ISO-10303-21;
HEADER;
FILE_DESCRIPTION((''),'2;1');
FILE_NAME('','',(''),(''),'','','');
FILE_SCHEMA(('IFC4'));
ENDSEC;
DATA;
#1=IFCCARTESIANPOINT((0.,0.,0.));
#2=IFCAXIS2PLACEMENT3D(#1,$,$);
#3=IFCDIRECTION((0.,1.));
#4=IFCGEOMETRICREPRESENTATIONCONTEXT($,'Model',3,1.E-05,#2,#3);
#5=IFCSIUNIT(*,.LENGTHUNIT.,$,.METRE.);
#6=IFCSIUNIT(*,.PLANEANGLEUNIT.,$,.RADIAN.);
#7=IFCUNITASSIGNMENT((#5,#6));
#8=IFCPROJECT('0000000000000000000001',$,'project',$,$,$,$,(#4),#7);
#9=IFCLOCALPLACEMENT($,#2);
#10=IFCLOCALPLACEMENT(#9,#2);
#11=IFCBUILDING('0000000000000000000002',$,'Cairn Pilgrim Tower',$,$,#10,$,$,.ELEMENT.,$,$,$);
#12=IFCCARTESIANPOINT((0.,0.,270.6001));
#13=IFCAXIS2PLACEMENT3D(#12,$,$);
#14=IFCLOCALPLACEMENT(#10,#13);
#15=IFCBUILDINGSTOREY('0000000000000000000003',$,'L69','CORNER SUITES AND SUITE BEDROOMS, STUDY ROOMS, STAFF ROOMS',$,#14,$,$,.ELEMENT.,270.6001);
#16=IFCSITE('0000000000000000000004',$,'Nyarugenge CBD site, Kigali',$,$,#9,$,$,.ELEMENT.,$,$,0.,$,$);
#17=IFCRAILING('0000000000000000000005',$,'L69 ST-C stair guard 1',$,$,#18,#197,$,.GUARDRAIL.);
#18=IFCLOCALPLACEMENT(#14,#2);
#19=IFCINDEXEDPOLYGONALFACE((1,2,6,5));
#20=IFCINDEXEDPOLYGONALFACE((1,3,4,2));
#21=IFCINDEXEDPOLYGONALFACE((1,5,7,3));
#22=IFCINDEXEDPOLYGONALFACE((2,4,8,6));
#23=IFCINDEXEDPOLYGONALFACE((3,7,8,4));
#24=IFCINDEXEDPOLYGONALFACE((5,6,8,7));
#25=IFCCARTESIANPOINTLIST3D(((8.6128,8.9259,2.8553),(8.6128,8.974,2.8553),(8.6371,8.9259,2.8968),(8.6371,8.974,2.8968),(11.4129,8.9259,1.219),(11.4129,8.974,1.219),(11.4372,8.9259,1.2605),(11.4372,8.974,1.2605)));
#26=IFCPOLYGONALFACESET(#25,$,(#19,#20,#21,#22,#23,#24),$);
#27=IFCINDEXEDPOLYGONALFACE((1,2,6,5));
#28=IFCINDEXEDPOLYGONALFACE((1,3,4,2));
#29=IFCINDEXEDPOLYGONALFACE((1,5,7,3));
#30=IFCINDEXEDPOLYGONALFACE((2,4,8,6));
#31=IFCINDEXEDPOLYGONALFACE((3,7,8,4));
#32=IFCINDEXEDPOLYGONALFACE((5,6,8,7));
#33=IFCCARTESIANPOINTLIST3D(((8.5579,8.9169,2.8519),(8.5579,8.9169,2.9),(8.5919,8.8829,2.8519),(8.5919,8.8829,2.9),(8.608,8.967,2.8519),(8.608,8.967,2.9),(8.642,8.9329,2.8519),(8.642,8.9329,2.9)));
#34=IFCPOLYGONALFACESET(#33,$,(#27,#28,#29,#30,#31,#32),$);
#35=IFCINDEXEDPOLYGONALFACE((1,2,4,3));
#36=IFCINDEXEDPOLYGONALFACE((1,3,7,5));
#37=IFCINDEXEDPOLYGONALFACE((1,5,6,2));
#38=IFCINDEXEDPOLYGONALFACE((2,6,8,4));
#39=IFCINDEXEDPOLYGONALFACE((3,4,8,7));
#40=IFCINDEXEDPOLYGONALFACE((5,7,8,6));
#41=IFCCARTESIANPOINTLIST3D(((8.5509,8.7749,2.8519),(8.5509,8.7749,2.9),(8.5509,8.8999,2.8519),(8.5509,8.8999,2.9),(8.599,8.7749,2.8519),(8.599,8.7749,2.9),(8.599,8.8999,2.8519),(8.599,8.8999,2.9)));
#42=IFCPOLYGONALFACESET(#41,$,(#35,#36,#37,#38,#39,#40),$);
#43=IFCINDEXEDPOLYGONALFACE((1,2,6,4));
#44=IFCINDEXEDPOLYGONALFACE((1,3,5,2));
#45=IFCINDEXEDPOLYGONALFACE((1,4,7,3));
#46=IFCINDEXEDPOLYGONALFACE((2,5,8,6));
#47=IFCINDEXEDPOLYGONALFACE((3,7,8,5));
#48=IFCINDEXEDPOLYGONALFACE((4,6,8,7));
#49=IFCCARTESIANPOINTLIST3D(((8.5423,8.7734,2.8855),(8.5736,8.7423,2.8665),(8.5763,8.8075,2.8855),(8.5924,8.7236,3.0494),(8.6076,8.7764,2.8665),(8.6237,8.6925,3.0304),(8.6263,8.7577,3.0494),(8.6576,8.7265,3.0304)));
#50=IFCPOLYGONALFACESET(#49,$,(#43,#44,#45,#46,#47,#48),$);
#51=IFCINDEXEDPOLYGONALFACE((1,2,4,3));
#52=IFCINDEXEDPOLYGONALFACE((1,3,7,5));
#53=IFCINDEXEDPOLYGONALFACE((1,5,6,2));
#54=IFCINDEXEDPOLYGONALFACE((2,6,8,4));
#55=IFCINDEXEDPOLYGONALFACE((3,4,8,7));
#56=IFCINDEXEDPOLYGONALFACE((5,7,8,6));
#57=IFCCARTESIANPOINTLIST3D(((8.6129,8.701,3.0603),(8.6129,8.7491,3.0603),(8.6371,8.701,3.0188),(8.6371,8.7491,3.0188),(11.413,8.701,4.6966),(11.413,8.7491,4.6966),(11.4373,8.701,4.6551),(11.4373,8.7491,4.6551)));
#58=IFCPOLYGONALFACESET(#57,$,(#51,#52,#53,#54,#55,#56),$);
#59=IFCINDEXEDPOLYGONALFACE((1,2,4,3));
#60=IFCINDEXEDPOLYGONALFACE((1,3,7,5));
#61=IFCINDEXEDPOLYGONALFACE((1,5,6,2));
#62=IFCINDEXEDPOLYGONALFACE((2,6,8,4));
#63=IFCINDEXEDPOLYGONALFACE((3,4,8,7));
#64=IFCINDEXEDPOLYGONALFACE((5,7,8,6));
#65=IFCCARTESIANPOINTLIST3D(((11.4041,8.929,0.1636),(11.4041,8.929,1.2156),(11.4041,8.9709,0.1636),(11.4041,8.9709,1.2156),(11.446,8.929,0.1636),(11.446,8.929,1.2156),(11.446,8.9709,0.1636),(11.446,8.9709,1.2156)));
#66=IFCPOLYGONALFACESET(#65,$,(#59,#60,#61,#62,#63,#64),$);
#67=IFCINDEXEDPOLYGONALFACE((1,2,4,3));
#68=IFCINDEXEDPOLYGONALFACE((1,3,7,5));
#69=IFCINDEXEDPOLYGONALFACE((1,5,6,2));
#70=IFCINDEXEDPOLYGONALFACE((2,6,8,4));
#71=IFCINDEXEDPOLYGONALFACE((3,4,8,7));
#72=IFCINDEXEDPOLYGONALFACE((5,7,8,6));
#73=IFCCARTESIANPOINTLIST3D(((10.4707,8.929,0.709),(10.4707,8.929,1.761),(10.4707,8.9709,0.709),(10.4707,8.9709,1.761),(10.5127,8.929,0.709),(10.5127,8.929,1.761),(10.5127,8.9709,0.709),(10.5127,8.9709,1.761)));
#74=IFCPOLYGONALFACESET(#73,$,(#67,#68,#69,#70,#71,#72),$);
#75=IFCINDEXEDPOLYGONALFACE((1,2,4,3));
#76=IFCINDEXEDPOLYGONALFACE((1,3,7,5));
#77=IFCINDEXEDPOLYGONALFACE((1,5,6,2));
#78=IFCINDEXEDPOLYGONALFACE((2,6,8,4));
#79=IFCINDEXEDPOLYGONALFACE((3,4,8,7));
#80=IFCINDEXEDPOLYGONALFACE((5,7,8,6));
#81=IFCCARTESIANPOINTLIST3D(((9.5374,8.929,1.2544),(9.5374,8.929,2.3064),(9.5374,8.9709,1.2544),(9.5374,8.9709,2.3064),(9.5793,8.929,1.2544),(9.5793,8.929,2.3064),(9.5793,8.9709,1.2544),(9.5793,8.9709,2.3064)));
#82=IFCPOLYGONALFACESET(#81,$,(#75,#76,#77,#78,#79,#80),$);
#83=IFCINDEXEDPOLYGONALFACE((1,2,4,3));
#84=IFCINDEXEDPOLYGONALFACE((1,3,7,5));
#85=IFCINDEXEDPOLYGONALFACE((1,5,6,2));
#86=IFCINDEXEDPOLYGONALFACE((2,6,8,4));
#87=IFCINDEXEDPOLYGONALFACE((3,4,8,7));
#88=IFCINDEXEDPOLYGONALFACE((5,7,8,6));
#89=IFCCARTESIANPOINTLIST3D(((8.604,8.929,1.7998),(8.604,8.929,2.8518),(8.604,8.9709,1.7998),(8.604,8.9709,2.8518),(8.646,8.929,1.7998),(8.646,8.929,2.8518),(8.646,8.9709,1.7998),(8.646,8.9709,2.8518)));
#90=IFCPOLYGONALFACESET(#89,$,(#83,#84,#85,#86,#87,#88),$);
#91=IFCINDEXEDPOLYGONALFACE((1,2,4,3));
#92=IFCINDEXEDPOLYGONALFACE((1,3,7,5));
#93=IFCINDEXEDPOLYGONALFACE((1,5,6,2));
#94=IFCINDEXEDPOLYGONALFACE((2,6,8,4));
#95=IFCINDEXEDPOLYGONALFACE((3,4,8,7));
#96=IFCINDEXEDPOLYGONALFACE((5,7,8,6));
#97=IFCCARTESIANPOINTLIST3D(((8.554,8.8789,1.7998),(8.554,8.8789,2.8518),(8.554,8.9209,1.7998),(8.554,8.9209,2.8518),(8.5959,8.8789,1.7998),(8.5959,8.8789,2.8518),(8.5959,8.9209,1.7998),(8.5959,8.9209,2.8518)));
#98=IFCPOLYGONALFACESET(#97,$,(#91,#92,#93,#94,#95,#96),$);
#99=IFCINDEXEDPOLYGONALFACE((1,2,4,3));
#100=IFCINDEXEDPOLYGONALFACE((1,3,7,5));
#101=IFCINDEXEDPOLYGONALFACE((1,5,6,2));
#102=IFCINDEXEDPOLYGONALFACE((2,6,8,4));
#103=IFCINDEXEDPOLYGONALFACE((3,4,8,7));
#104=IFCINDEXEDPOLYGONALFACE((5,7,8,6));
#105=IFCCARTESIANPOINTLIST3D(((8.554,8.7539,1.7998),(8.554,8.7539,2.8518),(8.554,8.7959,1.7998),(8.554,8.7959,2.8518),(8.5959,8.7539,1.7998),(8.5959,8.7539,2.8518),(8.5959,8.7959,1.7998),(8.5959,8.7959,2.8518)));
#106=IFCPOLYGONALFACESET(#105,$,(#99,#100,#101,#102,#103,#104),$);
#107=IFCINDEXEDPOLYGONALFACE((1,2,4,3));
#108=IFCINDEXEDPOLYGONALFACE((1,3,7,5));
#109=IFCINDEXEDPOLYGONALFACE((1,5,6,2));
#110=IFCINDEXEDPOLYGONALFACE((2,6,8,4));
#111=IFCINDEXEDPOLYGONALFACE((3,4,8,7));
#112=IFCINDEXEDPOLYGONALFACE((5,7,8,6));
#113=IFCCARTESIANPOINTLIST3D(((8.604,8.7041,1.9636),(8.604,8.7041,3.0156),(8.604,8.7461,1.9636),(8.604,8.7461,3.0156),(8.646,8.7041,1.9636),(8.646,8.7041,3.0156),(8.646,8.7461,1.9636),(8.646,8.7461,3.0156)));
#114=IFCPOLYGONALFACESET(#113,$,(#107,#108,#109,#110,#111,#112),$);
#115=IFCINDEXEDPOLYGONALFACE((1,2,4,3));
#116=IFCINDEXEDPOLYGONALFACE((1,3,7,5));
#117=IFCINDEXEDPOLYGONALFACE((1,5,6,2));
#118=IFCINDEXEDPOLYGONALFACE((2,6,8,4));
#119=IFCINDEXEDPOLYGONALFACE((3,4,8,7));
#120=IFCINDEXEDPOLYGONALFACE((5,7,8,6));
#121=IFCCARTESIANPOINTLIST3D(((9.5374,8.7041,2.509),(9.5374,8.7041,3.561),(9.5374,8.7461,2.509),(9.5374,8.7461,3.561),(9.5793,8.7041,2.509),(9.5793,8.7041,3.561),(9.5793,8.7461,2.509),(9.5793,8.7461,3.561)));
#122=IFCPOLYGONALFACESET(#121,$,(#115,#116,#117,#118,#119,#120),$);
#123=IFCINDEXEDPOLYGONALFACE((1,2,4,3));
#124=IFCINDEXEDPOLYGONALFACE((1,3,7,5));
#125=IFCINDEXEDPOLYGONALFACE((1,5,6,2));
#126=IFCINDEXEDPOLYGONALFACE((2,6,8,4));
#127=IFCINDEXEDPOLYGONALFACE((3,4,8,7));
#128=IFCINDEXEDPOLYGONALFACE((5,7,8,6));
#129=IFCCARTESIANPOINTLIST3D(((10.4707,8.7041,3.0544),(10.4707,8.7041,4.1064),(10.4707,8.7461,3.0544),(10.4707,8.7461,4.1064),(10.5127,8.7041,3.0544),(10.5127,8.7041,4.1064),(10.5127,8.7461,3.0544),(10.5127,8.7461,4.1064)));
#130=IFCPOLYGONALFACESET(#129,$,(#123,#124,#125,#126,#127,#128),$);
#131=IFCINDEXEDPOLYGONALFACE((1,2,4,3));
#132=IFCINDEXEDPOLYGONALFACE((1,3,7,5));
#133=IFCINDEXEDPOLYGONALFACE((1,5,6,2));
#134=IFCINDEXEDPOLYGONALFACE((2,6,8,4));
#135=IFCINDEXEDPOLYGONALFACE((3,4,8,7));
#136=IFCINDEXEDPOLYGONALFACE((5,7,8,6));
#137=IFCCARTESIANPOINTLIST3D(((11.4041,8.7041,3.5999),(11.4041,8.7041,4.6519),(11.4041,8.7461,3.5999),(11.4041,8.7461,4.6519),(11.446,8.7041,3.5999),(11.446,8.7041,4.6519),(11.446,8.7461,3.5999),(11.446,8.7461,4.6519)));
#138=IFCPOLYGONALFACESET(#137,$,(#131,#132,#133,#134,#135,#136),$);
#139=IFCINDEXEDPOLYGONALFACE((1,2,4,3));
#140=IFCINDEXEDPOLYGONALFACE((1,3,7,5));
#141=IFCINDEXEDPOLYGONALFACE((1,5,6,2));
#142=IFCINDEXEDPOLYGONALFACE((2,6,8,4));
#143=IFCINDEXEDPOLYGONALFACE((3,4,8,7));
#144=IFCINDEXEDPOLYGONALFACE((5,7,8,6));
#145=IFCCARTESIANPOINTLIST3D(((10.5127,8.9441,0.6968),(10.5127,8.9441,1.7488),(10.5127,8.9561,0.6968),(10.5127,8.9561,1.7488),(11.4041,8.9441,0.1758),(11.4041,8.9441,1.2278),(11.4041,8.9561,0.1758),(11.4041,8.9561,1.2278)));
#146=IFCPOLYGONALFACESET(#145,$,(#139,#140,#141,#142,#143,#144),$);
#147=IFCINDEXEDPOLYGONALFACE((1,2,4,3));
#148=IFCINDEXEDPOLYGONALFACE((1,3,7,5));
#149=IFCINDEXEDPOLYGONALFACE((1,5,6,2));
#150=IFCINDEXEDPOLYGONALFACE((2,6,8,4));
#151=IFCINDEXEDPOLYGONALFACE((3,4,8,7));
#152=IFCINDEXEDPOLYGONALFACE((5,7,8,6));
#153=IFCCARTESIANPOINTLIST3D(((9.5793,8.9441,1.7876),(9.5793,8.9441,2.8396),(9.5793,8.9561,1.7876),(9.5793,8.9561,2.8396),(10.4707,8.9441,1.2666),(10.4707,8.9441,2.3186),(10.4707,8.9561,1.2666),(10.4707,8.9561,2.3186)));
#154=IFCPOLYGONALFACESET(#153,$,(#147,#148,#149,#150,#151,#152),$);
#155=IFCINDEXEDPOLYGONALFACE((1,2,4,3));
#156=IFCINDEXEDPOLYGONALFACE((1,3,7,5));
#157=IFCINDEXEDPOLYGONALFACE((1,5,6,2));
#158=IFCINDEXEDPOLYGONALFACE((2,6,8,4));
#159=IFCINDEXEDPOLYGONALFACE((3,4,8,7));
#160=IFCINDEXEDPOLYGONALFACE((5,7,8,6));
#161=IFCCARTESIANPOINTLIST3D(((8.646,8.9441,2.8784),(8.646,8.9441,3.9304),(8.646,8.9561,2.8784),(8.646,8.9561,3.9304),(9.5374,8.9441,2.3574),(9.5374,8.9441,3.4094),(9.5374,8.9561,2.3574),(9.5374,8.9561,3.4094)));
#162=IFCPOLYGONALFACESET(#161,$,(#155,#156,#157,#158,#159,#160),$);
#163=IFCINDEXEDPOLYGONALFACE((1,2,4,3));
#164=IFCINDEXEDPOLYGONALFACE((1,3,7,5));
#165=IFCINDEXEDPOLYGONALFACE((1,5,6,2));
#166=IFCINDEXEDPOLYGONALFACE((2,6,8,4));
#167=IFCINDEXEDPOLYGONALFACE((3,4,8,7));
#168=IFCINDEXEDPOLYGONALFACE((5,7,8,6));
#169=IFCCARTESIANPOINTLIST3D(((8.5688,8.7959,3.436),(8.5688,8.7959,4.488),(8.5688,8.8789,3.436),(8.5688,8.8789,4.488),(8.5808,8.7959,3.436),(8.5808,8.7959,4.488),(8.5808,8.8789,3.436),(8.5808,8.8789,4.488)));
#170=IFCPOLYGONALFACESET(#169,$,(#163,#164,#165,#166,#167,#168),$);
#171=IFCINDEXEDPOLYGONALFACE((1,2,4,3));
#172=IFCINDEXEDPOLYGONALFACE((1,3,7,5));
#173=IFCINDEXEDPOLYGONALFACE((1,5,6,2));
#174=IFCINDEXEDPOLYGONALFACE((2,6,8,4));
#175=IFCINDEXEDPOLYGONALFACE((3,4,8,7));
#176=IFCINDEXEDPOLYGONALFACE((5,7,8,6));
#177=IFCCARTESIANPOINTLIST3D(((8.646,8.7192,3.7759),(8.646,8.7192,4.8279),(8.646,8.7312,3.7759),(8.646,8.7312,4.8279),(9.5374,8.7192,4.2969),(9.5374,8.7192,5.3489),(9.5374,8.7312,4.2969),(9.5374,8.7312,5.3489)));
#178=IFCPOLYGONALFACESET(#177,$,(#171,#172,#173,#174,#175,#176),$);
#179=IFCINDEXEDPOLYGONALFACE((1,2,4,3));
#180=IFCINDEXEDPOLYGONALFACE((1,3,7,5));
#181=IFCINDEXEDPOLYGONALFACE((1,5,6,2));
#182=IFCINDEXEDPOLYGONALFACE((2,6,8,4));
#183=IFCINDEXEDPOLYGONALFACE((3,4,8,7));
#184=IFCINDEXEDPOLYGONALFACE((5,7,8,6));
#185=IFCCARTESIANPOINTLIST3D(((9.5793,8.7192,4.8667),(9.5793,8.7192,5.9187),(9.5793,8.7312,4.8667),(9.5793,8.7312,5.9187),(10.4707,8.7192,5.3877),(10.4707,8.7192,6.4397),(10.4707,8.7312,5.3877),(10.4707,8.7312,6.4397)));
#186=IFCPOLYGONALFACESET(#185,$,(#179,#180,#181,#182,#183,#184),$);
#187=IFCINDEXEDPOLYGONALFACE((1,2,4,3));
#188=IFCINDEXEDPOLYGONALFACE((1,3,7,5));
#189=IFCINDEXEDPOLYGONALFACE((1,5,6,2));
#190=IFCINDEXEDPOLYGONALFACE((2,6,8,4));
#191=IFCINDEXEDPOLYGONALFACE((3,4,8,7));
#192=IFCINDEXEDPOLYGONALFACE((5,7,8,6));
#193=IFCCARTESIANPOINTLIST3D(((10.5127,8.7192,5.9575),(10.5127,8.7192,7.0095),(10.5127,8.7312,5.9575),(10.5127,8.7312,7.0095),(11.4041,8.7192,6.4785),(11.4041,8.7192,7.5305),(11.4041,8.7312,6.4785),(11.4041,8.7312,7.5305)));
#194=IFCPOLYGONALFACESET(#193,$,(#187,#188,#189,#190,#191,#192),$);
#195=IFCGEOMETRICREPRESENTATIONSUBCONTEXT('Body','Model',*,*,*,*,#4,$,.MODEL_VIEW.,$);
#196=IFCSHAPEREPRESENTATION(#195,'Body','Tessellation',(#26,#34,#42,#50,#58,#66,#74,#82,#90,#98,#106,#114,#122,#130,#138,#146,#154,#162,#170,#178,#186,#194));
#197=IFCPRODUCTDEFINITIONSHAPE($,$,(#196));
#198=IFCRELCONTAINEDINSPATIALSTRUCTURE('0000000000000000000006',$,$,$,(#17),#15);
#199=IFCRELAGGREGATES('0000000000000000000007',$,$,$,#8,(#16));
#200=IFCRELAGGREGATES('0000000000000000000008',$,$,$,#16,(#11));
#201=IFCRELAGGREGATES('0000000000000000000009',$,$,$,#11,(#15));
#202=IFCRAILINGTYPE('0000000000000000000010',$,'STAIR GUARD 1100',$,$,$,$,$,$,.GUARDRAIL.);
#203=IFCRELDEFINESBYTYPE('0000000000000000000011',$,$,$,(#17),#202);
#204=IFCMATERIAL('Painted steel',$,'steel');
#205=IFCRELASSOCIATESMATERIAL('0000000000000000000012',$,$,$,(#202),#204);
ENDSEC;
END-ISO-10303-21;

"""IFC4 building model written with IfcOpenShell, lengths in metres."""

from ifc_helpers import new_model, si_unit, direction, frame, origin, origin_2d, place, context, subcontext, project, spatial, polyline, rectangle, outline, extrude, material, type_object, element, save


model = new_model("IFC4")

# Units and contexts
model_context = context("Model", 3, precision=1e-05, world=origin(), true_north=direction((0.0, 1.0)))
body_context = subcontext(model_context, "Body", "Model", "MODEL_VIEW")
ifc_project = project(units=[si_unit("LENGTHUNIT", "METRE"), si_unit("PLANEANGLEUNIT", "RADIAN")], contexts=[model_context])

# Site, building, storey
site_placement = place(None, origin())
site = spatial("IfcSite", under=ifc_project, at=site_placement, Name="Nyarugenge CBD site, Kigali", CompositionType="ELEMENT", RefElevation=0.0)
building_placement = place(site_placement, origin())
building = spatial("IfcBuilding", under=site, at=building_placement, Name="Cairn Pilgrim Tower", CompositionType="ELEMENT")
storey_placement = place(building_placement, frame((0.0, 0.0, 270.6001)))
storey = spatial("IfcBuildingStorey", under=building, at=storey_placement, Name="L69", Description="CORNER SUITES AND SUITE BEDROOMS, STUDY ROOMS, STAFF ROOMS", CompositionType="ELEMENT", Elevation=270.6001)

# Shared definitions
ifc_material_1 = material(Name="Painted steel", Category="steel")

# Railing
railing_type_1 = type_object("IfcRailingType", Name="STAIR GUARD 1100", PredefinedType="GUARDRAIL", material=ifc_material_1)
railing_1_placement = place(storey_placement, frame((11.425, 8.95, 0.1636)))
element("IfcRailing", 1, at=railing_1_placement, inside=storey, type_object=railing_type_1, Name="L69 ST-C stair guard 1", PredefinedType="GUARDRAIL", context=body_context, shape_type="SweptSolid", body=[
    extrude(rectangle(XDim=0.0481, YDim=0.0481, at=origin_2d()), frame((0.0, 0.0, 1.0762), z_axis=(-0.863394, 0.0, 0.504531), x_axis=(0.0, -1.0, 0.0)), (0.0, 0.0, 1.0), 3.2432),
    extrude(rectangle(XDim=0.0481, YDim=0.0481, at=origin_2d()), frame((-2.8, 0.0, 2.7124), z_axis=(-0.707107, -0.707107, 0.0), x_axis=(0.707107, -0.707107, 0.0)), (0.0, 0.0, 1.0), 0.0708),
    extrude(rectangle(XDim=0.0481, YDim=0.0481, at=origin_2d()), frame((-2.8501, -0.05, 2.7124), z_axis=(0.0, -1.0, 0.0), x_axis=(1.0, 0.0, 0.0)), (0.0, 0.0, 1.0), 0.125),
    extrude(rectangle(XDim=0.0481, YDim=0.0481, at=origin_2d()), frame((-2.8501, -0.175, 2.7124), z_axis=(0.280564, -0.279195, 0.918332), x_axis=(0.705376, 0.708834, 0.0)), (0.0, 0.0, 1.0), 0.1785),
    extrude(rectangle(XDim=0.0481, YDim=0.0481, at=origin_2d()), frame((-2.8, -0.2249, 2.876), z_axis=(0.863394, 0.0, 0.504531), x_axis=(0.0, 1.0, 0.0)), (0.0, 0.0, 1.0), 3.2432),
    extrude(rectangle(XDim=0.042, YDim=0.042, at=origin_2d()), origin(), (0.0, 0.0, 1.0), 1.052),
    extrude(rectangle(XDim=0.042, YDim=0.042, at=origin_2d()), frame((-0.9333, 0.0, 0.5454)), (0.0, 0.0, 1.0), 1.052),
    extrude(rectangle(XDim=0.042, YDim=0.042, at=origin_2d()), frame((-1.8667, 0.0, 1.0908)), (0.0, 0.0, 1.0), 1.052),
    extrude(rectangle(XDim=0.042, YDim=0.042, at=origin_2d()), frame((-2.8, 0.0, 1.6362)), (0.0, 0.0, 1.0), 1.052),
    extrude(rectangle(XDim=0.042, YDim=0.042, at=origin_2d()), frame((-2.8501, -0.05, 1.6362)), (0.0, 0.0, 1.0), 1.052),
    extrude(rectangle(XDim=0.042, YDim=0.042, at=origin_2d()), frame((-2.8501, -0.175, 1.6362)), (0.0, 0.0, 1.0), 1.052),
    extrude(rectangle(XDim=0.042, YDim=0.042, at=origin_2d()), frame((-2.8, -0.2249, 1.8)), (0.0, 0.0, 1.0), 1.052),
    extrude(rectangle(XDim=0.042, YDim=0.042, at=origin_2d()), frame((-1.8667, -0.2249, 2.3455)), (0.0, 0.0, 1.0), 1.052),
    extrude(rectangle(XDim=0.042, YDim=0.042, at=origin_2d()), frame((-0.9333, -0.2249, 2.8909)), (0.0, 0.0, 1.0), 1.052),
    extrude(rectangle(XDim=0.042, YDim=0.042, at=origin_2d()), frame((0.0, -0.2249, 3.4363)), (0.0, 0.0, 1.0), 1.052),
    extrude(outline(polyline([(0.021, 0.0122), (0.9124, 0.5332), (0.9124, 1.5852), (0.021, 1.0642), (0.021, 0.0122)])), frame((0.0, -0.0059, 0.0), z_axis=(0.0, 1.0, 0.0), x_axis=(-1.0, 0.0, 0.0)), (0.0, 0.0, 1.0), 0.012),
    extrude(outline(polyline([(0.021, 0.5576), (0.9124, 1.0786), (0.9124, 2.1306), (0.021, 1.6096), (0.021, 0.5576)])), frame((-0.9333, -0.0059, 0.5454), z_axis=(0.0, 1.0, 0.0), x_axis=(-1.0, 0.0, 0.0)), (0.0, 0.0, 1.0), 0.012),
    extrude(outline(polyline([(0.021, 1.103), (0.9124, 1.624), (0.9124, 2.676), (0.021, 2.155), (0.021, 1.103)])), frame((-1.8667, -0.0059, 1.0908), z_axis=(0.0, 1.0, 0.0), x_axis=(-1.0, 0.0, 0.0)), (0.0, 0.0, 1.0), 0.012),
    extrude(outline(polyline([(0.021, 1.6362), (0.104, 1.6362), (0.104, 2.6882), (0.021, 2.6882), (0.021, 1.6362)])), frame((-2.8442, -0.05, 1.6362), z_axis=(-1.0, 0.0, 0.0), x_axis=(0.0, -1.0, 0.0)), (0.0, 0.0, 1.0), 0.012),
    extrude(outline(polyline([(0.021, 1.8123), (0.9124, 2.3333), (0.9124, 3.3853), (0.021, 2.8643), (0.021, 1.8123)])), frame((-2.8, -0.2188, 1.8), z_axis=(0.0, -1.0, 0.0), x_axis=(1.0, 0.0, 0.0)), (0.0, 0.0, 1.0), 0.012),
    extrude(outline(polyline([(0.021, 2.3577), (0.9124, 2.8787), (0.9124, 3.9307), (0.021, 3.4097), (0.021, 2.3577)])), frame((-1.8667, -0.2188, 2.3455), z_axis=(0.0, -1.0, 0.0), x_axis=(1.0, 0.0, 0.0)), (0.0, 0.0, 1.0), 0.012),
    extrude(outline(polyline([(0.021, 2.9031), (0.9124, 3.4241), (0.9124, 4.4761), (0.021, 3.9551), (0.021, 2.9031)])), frame((-0.9333, -0.2188, 2.8909), z_axis=(0.0, -1.0, 0.0), x_axis=(1.0, 0.0, 0.0)), (0.0, 0.0, 1.0), 0.012),
])

save(model, "model.ifc")
